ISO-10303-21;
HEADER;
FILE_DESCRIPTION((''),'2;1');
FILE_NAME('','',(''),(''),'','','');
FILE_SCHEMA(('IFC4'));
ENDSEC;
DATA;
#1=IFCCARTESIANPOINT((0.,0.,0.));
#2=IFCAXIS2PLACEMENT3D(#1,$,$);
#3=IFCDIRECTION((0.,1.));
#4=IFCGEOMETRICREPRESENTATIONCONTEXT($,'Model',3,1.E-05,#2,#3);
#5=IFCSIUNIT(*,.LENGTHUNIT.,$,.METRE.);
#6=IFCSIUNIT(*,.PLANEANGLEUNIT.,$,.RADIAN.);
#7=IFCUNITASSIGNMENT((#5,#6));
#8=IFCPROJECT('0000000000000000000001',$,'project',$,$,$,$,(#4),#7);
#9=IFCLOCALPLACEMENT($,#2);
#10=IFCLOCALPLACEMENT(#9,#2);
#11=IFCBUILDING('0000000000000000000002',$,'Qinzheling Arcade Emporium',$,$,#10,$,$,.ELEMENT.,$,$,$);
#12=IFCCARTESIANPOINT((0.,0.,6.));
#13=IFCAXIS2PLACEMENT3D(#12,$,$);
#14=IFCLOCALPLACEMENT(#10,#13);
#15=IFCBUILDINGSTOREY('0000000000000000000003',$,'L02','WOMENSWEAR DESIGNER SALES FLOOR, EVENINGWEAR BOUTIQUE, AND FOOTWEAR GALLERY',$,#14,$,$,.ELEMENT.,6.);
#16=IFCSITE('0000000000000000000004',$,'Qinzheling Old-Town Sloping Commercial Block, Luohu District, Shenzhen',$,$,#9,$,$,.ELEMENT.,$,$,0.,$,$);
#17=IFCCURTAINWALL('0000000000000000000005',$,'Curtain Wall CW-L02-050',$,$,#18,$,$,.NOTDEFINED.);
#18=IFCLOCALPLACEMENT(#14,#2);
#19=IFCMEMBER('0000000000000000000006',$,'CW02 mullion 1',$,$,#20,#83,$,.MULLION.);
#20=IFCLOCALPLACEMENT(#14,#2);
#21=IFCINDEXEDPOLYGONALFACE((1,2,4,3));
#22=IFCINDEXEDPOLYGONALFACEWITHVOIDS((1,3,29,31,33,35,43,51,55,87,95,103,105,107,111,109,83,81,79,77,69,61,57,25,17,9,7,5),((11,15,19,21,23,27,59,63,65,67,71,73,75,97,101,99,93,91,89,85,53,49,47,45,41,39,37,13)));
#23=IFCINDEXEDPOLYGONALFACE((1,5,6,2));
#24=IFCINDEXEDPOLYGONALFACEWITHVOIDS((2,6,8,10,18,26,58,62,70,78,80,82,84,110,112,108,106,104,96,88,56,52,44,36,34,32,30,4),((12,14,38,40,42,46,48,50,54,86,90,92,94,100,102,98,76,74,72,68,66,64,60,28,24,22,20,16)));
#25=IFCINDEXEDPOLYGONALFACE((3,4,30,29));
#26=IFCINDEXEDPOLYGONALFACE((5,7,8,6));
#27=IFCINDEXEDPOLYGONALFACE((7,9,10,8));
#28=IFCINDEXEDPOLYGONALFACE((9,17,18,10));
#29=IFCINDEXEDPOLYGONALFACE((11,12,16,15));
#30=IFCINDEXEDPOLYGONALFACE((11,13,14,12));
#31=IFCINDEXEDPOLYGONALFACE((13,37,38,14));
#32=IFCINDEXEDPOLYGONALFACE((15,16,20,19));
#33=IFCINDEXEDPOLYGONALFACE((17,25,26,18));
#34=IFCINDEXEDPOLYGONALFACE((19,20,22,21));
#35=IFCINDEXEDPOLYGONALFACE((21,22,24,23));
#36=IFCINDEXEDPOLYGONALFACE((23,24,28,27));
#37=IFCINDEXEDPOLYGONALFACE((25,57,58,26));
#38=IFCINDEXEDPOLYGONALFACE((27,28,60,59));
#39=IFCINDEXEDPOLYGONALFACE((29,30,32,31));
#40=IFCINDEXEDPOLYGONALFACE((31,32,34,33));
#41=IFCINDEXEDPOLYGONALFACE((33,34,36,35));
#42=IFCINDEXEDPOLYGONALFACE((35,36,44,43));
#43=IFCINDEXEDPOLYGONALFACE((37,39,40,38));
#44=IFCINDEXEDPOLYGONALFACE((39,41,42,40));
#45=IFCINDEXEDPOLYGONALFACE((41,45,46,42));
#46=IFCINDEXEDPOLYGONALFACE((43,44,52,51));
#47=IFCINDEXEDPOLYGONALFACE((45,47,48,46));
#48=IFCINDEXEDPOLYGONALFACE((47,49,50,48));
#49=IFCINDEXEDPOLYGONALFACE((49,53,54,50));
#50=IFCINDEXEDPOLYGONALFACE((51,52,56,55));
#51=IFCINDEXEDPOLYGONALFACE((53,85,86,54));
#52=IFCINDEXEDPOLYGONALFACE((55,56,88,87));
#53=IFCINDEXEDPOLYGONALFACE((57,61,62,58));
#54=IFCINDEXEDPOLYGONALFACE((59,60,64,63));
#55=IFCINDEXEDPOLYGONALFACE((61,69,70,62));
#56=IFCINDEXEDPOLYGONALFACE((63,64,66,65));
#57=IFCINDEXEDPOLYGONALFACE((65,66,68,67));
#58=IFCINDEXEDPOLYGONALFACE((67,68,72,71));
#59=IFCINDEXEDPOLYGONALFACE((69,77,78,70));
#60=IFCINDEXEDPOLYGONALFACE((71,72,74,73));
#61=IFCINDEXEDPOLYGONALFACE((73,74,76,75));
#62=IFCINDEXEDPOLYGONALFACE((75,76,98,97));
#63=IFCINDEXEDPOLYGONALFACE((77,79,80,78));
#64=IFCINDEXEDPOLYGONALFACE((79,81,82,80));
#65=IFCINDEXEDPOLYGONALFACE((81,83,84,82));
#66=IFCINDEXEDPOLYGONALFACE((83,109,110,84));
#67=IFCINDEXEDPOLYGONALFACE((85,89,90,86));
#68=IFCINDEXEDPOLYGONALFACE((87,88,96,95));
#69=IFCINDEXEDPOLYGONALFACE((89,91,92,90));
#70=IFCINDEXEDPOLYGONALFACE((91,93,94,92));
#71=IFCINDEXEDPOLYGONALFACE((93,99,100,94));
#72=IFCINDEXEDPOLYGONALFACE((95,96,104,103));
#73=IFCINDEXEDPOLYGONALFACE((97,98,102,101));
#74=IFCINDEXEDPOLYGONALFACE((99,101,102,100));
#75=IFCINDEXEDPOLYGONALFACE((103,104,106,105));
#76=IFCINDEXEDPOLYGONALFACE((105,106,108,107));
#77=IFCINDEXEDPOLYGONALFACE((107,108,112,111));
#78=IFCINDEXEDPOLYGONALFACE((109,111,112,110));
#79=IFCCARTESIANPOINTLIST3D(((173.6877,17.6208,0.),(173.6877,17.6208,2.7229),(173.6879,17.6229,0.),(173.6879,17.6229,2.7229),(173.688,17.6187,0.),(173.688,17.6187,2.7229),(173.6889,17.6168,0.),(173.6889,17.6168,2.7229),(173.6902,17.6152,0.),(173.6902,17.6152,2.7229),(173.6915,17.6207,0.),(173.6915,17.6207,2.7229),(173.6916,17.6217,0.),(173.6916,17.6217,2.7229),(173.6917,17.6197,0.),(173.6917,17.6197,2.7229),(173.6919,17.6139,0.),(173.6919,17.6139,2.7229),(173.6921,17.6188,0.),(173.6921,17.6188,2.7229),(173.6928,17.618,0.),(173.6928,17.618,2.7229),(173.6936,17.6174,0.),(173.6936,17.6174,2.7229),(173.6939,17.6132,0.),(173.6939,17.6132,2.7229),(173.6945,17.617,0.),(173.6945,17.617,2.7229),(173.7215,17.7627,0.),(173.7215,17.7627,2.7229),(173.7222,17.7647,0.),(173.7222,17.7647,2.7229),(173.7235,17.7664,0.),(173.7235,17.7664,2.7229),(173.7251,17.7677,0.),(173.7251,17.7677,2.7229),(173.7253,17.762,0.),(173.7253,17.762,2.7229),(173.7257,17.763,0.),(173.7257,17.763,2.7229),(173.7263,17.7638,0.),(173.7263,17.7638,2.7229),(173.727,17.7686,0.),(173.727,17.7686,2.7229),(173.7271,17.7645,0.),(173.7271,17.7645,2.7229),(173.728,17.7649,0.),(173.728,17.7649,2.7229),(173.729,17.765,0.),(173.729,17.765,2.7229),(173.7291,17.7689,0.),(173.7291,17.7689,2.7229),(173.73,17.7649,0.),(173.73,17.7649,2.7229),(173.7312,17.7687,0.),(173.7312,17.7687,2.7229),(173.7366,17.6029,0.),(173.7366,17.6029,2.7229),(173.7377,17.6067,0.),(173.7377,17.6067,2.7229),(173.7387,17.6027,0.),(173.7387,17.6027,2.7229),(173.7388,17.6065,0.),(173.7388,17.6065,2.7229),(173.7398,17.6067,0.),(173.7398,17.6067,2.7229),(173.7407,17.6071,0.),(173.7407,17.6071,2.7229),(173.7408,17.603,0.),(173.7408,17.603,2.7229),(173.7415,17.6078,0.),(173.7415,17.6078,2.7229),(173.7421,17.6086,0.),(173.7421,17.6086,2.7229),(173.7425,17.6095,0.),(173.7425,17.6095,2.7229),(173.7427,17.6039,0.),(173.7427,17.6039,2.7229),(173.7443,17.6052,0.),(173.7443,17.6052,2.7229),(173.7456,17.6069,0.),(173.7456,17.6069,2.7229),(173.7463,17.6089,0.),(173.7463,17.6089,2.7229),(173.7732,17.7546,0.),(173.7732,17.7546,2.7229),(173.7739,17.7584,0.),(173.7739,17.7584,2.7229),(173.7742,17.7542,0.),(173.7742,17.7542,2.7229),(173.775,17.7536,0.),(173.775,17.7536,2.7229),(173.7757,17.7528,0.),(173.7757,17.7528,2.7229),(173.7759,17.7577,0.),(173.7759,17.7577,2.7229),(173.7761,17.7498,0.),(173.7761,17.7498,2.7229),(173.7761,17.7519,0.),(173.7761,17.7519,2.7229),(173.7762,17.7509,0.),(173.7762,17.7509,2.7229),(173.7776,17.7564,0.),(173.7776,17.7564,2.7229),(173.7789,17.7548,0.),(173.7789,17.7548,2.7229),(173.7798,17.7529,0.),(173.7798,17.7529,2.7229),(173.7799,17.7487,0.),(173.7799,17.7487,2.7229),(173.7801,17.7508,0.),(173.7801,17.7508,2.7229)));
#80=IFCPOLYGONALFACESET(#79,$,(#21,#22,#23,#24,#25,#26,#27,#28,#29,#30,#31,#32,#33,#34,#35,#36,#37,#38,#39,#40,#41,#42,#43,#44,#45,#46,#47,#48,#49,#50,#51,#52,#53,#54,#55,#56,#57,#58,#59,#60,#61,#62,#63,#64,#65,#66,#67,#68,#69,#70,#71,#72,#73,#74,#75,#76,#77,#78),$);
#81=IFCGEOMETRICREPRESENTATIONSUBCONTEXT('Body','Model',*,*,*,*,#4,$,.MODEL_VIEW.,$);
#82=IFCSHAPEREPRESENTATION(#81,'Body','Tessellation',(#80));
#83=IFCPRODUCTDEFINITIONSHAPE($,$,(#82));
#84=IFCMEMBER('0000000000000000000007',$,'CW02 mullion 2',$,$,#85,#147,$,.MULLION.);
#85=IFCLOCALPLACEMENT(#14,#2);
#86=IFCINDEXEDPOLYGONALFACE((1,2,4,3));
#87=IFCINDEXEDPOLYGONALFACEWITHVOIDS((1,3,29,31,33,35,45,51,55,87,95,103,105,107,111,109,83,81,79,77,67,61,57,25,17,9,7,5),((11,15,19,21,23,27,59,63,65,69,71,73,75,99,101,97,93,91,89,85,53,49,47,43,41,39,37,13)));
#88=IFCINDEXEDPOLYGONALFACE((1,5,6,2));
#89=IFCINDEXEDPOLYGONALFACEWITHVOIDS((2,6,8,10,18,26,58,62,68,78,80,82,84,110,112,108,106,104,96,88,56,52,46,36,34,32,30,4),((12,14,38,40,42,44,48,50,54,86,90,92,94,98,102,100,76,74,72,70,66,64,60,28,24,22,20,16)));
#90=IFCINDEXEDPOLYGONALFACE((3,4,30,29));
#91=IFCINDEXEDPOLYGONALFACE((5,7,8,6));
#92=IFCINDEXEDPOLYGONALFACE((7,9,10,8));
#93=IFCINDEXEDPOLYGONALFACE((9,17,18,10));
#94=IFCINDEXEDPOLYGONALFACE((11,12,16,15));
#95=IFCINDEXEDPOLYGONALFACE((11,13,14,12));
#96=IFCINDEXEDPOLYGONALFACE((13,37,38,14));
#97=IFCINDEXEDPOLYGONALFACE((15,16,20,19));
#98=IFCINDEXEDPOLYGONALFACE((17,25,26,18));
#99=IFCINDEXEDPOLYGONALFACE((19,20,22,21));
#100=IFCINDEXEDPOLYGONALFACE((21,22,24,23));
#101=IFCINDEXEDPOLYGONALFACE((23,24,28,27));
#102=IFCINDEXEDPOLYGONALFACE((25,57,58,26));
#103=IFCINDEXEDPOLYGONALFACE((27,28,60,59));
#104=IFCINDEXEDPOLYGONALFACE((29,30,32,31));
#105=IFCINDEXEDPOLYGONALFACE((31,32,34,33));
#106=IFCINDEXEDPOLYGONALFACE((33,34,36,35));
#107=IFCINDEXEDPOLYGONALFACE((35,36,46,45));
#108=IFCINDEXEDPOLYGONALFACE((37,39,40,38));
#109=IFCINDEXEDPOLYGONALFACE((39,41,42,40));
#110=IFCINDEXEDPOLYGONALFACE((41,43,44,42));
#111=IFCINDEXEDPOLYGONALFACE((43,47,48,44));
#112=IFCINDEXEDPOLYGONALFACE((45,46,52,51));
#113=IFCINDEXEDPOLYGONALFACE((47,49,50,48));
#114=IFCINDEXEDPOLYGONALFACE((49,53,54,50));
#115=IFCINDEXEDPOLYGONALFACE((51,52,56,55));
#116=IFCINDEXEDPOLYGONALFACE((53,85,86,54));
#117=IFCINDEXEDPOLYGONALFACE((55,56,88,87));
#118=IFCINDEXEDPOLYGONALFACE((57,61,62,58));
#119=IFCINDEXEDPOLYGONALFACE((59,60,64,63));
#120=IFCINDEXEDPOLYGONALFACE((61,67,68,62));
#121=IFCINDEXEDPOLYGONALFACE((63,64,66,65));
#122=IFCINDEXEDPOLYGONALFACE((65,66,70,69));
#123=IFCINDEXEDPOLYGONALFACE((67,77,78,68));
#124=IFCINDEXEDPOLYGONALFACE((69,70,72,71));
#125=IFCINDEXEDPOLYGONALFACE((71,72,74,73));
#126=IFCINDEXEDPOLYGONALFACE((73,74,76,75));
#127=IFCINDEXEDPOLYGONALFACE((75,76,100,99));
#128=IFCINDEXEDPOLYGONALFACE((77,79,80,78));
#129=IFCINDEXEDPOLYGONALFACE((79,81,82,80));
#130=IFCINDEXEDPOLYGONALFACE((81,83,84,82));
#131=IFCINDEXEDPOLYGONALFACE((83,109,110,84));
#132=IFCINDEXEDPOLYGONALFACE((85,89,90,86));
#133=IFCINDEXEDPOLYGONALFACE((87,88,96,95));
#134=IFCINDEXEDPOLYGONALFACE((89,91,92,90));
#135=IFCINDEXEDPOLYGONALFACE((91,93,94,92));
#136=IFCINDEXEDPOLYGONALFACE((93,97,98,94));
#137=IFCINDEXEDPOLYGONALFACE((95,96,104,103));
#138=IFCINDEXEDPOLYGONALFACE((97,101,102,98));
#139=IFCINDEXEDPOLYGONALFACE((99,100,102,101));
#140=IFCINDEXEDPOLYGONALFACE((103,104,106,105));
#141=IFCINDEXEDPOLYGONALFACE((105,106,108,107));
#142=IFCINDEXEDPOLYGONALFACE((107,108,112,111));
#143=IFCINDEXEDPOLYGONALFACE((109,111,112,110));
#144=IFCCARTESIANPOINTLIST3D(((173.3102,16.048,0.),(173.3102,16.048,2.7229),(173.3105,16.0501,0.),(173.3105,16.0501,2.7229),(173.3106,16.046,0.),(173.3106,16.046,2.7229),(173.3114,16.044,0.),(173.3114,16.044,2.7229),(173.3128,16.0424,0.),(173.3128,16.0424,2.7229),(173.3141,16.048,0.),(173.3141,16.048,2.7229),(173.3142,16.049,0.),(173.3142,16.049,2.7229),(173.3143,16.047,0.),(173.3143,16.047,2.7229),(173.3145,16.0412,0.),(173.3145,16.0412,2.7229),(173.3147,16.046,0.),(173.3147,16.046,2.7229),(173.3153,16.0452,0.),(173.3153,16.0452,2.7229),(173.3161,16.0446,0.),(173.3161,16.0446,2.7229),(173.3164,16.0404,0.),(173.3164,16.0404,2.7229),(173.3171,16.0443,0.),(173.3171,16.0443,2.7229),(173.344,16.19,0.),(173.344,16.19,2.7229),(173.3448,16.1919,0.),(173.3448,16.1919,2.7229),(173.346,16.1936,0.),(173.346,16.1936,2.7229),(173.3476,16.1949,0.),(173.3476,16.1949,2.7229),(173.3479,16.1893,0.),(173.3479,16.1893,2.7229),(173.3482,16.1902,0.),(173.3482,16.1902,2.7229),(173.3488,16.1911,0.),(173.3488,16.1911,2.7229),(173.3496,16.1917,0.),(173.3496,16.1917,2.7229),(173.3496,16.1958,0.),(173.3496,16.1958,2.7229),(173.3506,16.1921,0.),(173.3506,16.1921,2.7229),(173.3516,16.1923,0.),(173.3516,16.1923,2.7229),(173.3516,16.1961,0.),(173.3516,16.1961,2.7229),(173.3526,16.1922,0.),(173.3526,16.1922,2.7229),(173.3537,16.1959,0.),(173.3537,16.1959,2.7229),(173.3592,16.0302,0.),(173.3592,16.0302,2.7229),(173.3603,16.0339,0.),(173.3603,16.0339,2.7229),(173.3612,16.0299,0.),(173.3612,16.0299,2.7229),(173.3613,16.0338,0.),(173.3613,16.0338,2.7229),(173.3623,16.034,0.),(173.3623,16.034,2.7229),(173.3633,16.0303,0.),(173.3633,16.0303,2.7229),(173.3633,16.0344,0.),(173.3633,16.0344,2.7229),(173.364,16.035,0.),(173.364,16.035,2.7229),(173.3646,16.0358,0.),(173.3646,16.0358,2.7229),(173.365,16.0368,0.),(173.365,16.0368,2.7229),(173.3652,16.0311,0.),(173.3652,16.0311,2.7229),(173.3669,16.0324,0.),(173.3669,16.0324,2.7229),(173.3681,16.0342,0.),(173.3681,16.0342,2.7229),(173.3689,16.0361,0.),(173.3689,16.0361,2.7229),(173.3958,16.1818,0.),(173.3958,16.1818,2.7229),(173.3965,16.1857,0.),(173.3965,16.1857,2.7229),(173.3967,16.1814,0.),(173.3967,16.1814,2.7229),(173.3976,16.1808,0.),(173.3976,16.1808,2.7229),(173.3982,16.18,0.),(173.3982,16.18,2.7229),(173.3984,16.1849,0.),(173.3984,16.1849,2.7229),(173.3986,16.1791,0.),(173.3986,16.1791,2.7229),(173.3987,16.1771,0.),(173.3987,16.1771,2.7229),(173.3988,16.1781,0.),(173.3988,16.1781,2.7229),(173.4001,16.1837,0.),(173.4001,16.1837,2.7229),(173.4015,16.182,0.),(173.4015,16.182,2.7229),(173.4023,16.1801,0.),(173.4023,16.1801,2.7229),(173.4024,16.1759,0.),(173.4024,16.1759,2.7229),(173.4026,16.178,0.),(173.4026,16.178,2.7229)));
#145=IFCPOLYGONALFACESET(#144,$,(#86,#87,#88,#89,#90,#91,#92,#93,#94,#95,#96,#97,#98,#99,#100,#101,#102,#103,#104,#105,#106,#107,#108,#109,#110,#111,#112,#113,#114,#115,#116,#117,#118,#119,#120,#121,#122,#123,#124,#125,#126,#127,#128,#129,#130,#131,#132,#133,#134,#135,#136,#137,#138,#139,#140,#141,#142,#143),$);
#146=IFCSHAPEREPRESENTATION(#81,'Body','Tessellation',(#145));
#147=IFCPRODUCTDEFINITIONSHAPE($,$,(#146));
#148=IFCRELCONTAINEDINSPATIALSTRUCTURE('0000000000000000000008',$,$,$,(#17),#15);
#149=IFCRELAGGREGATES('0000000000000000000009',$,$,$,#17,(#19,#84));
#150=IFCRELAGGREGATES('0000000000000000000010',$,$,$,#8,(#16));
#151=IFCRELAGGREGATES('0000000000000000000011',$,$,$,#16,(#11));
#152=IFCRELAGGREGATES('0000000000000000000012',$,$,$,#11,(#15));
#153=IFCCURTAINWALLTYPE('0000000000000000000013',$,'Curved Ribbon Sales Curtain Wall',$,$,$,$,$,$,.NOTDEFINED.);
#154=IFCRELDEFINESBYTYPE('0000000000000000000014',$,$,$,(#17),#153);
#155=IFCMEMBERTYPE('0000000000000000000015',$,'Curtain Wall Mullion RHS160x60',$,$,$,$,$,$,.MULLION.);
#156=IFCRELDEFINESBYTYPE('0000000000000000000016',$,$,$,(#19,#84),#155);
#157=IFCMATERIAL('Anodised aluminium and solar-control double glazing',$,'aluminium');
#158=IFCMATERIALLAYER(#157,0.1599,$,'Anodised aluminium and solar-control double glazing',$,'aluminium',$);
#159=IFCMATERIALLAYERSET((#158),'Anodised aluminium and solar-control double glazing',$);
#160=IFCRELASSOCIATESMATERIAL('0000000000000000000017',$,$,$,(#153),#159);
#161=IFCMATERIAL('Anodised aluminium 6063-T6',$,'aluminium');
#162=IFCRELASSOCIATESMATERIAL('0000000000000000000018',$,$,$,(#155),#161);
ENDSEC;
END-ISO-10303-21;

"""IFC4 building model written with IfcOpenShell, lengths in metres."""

from ifc_helpers import new_model, si_unit, direction, frame, origin, origin_2d, place, context, subcontext, project, spatial, hollow_rectangle, extrude, material, layer, layer_set, material_profile, profile_set, type_object, element, aggregate, save


model = new_model("IFC4")

# Units and contexts
model_context = context("Model", 3, precision=1e-05, world=origin(), true_north=direction((0.0, 1.0)))
body_context = subcontext(model_context, "Body", "Model", "MODEL_VIEW")
ifc_project = project(units=[si_unit("LENGTHUNIT", "METRE"), si_unit("PLANEANGLEUNIT", "RADIAN")], contexts=[model_context])

# Site, building, storey
site_placement = place(None, origin())
site = spatial("IfcSite", under=ifc_project, at=site_placement, Name="Qinzheling Old-Town Sloping Commercial Block, Luohu District, Shenzhen", CompositionType="ELEMENT", RefElevation=0.0)
building_placement = place(site_placement, origin())
building = spatial("IfcBuilding", under=site, at=building_placement, Name="Qinzheling Arcade Emporium", CompositionType="ELEMENT")
storey_placement = place(building_placement, frame((0.0, 0.0, 6.0)))
storey = spatial("IfcBuildingStorey", under=building, at=storey_placement, Name="L02", Description="WOMENSWEAR DESIGNER SALES FLOOR, EVENINGWEAR BOUTIQUE, AND FOOTWEAR GALLERY", CompositionType="ELEMENT", Elevation=6.0)

# Curtain wall, members
ifc_material_1 = material(Name="Anodised aluminium and solar-control double glazing", Category="aluminium")
ifc_layer_1 = layer(ifc_material_1, 0.1599, Name="Anodised aluminium and solar-control double glazing", Category="aluminium")
ifc_layer_set_1 = layer_set([ifc_layer_1], Name="Anodised aluminium and solar-control double glazing")
curtain_wall_type = type_object("IfcCurtainWallType", Name="Curved Ribbon Sales Curtain Wall", PredefinedType="NOTDEFINED", material=ifc_layer_set_1)
curtain_wall_placement = place(storey_placement, origin())
curtain_wall = element("IfcCurtainWall", 1, at=curtain_wall_placement, inside=storey, type_object=curtain_wall_type, Name="Curtain Wall CW-L02-050", PredefinedType="NOTDEFINED")
ifc_material_2 = material(Name="Anodised aluminium 6063-T6", Category="aluminium")
ifc_material_profile_1 = material_profile(ifc_material_2, hollow_rectangle(XDim=0.0601, YDim=0.1599, WallThickness=0.0039, InnerFilletRadius=0.0039, OuterFilletRadius=0.0081, at=origin_2d()), Name="RHS 160x60x4", Category="aluminium")
ifc_profile_set_1 = profile_set([ifc_material_profile_1], Name="Anodised aluminium 6063-T6")
member_type_1 = type_object("IfcMemberType", Name="Curtain Wall Mullion RHS160x60", PredefinedType="MULLION", material=ifc_profile_set_1)
member_1_placement = place(storey_placement, frame((173.7339, 17.6858, 0.0), z_axis=(0.0, 0.0, 1.0), x_axis=(0.972385, -0.233384, 0.0)))
member_1 = element("IfcMember", 2, at=member_1_placement, type_object=member_type_1, Name="CW02 mullion 1", PredefinedType="MULLION", context=body_context, shape_type="SweptSolid", body=[
    extrude(hollow_rectangle(XDim=0.0601, YDim=0.1599, WallThickness=0.0039, InnerFilletRadius=0.0039, OuterFilletRadius=0.0081, at=origin_2d()), origin(), (0.0, 0.0, 1.0), 2.7229),
])
member_2_placement = place(storey_placement, frame((173.3564, 16.113, 0.0), z_axis=(0.0, 0.0, 1.0), x_axis=(0.972385, -0.233384, 0.0)))
member_2 = element("IfcMember", 3, at=member_2_placement, type_object=member_type_1, Name="CW02 mullion 2", PredefinedType="MULLION", context=body_context, shape_type="SweptSolid", body=[
    extrude(hollow_rectangle(XDim=0.0601, YDim=0.1599, WallThickness=0.0039, InnerFilletRadius=0.0039, OuterFilletRadius=0.0081, at=origin_2d()), origin(), (0.0, 0.0, 1.0), 2.7229),
])

aggregate(curtain_wall, [member_1, member_2])

save(model, "model.ifc")
